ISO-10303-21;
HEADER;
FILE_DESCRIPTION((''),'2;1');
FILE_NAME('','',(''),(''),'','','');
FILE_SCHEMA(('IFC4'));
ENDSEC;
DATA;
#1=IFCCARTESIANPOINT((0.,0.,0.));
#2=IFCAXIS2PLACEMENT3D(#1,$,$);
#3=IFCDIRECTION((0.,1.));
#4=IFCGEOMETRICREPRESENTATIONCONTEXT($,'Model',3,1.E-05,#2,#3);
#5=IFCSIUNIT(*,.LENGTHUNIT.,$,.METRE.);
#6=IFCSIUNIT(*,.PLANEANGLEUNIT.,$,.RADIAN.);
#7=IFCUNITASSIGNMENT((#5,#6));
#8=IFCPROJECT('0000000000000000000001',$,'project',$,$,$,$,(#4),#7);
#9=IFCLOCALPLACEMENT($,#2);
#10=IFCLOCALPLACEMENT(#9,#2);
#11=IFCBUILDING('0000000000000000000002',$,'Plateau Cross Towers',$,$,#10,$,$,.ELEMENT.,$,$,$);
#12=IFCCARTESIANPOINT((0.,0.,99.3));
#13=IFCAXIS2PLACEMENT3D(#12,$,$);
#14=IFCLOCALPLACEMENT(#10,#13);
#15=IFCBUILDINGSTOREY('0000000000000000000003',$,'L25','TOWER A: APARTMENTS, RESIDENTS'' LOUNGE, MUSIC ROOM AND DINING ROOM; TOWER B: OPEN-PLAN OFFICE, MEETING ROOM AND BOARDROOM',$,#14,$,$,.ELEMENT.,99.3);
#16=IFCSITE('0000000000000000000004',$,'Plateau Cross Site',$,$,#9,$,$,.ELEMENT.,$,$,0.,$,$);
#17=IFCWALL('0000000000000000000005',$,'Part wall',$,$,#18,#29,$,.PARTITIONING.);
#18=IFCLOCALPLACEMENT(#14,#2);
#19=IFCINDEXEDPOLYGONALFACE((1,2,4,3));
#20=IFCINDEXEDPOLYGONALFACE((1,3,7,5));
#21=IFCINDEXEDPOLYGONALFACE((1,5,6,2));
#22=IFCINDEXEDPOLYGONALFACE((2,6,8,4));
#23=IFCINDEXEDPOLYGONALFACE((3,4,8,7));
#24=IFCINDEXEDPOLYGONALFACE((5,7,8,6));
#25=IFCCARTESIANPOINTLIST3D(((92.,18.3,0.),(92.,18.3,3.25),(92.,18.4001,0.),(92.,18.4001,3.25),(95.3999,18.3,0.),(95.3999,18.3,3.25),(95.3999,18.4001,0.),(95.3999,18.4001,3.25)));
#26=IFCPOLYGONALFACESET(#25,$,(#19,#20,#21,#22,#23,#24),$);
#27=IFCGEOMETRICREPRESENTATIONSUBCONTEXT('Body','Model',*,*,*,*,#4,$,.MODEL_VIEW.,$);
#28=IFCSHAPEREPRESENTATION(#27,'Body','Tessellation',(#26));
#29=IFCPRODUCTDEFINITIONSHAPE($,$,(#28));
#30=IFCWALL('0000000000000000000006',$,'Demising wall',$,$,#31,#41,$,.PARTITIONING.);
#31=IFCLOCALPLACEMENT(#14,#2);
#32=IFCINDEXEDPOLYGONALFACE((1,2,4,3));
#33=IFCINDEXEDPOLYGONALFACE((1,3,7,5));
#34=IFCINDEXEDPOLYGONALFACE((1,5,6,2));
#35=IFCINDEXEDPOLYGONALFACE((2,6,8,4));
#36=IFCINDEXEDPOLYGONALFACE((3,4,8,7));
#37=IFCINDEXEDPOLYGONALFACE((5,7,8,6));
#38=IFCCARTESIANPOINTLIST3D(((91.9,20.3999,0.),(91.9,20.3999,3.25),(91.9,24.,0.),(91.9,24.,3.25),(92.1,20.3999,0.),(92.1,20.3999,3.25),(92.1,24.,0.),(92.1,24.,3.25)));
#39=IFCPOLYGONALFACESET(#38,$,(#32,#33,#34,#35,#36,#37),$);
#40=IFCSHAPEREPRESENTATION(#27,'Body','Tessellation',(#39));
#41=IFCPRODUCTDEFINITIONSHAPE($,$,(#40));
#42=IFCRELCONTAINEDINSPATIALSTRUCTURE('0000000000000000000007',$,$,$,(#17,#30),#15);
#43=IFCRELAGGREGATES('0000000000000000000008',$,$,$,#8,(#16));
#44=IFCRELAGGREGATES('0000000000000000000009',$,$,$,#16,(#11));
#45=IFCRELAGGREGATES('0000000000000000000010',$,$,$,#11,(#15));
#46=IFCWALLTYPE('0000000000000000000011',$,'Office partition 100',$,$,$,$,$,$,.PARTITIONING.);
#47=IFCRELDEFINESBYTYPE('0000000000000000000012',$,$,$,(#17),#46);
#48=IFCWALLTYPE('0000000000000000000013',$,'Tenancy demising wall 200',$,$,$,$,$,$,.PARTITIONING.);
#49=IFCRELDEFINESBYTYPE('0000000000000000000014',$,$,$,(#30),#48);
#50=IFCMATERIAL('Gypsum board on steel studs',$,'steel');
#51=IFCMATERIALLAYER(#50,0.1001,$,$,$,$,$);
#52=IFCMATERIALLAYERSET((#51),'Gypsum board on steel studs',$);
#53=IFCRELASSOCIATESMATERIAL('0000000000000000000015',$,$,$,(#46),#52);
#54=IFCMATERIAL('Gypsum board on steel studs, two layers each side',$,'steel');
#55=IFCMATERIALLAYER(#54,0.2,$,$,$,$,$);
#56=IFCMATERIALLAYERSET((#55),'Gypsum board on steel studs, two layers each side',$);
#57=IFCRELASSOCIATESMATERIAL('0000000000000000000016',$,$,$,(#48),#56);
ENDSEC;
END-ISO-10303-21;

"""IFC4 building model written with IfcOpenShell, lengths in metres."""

from ifc_helpers import new_model, si_unit, direction, frame, frame_2d, origin, place, context, subcontext, project, spatial, rectangle, extrude, material, layer, layer_set, type_object, element, save


model = new_model("IFC4")

# Units and contexts
model_context = context("Model", 3, precision=1e-05, world=origin(), true_north=direction((0.0, 1.0)))
body_context = subcontext(model_context, "Body", "Model", "MODEL_VIEW")
ifc_project = project(units=[si_unit("LENGTHUNIT", "METRE"), si_unit("PLANEANGLEUNIT", "RADIAN")], contexts=[model_context])

# Site, building, storey
site_placement = place(None, origin())
site = spatial("IfcSite", under=ifc_project, at=site_placement, Name="Plateau Cross Site", CompositionType="ELEMENT", RefElevation=0.0)
building_placement = place(site_placement, origin())
building = spatial("IfcBuilding", under=site, at=building_placement, Name="Plateau Cross Towers", CompositionType="ELEMENT")
storey_placement = place(building_placement, frame((0.0, 0.0, 99.3)))
storey = spatial("IfcBuildingStorey", under=building, at=storey_placement, Name="L25", Description="TOWER A: APARTMENTS, RESIDENTS' LOUNGE, MUSIC ROOM AND DINING ROOM; TOWER B: OPEN-PLAN OFFICE, MEETING ROOM AND BOARDROOM", CompositionType="ELEMENT", Elevation=99.3)

# Walls
ifc_material_1 = material(Name="Gypsum board on steel studs", Category="steel")
ifc_layer_1 = layer(ifc_material_1, 0.1001)
ifc_layer_set_1 = layer_set([ifc_layer_1], Name="Gypsum board on steel studs")
wall_type_1 = type_object("IfcWallType", Name="Office partition 100", PredefinedType="PARTITIONING", material=ifc_layer_set_1)
wall_1_placement = place(storey_placement, frame((92.0, 18.3501, 0.0), z_axis=(0.0, 0.0, 1.0), x_axis=(1.0, 0.0, 0.0)))
element("IfcWall", 1, at=wall_1_placement, inside=storey, type_object=wall_type_1, Name="Part wall", PredefinedType="PARTITIONING", context=body_context, shape_type="SweptSolid", body=[
    extrude(rectangle(XDim=3.3999, YDim=0.1001, at=frame_2d((1.7, 0.0))), origin(), (0.0, 0.0, 1.0), 3.25),
])
ifc_material_2 = material(Name="Gypsum board on steel studs, two layers each side", Category="steel")
ifc_layer_2 = layer(ifc_material_2, 0.2)
ifc_layer_set_2 = layer_set([ifc_layer_2], Name="Gypsum board on steel studs, two layers each side")
wall_type_2 = type_object("IfcWallType", Name="Tenancy demising wall 200", PredefinedType="PARTITIONING", material=ifc_layer_set_2)
wall_2_placement = place(storey_placement, frame((92.0, 20.3999, 0.0), z_axis=(0.0, 0.0, 1.0), x_axis=(0.0, 1.0, 0.0)))
element("IfcWall", 2, at=wall_2_placement, inside=storey, type_object=wall_type_2, Name="Demising wall", PredefinedType="PARTITIONING", context=body_context, shape_type="SweptSolid", body=[
    extrude(rectangle(XDim=3.6001, YDim=0.2, at=frame_2d((1.8, 0.0))), origin(), (0.0, 0.0, 1.0), 3.25),
])

save(model, "model.ifc")
